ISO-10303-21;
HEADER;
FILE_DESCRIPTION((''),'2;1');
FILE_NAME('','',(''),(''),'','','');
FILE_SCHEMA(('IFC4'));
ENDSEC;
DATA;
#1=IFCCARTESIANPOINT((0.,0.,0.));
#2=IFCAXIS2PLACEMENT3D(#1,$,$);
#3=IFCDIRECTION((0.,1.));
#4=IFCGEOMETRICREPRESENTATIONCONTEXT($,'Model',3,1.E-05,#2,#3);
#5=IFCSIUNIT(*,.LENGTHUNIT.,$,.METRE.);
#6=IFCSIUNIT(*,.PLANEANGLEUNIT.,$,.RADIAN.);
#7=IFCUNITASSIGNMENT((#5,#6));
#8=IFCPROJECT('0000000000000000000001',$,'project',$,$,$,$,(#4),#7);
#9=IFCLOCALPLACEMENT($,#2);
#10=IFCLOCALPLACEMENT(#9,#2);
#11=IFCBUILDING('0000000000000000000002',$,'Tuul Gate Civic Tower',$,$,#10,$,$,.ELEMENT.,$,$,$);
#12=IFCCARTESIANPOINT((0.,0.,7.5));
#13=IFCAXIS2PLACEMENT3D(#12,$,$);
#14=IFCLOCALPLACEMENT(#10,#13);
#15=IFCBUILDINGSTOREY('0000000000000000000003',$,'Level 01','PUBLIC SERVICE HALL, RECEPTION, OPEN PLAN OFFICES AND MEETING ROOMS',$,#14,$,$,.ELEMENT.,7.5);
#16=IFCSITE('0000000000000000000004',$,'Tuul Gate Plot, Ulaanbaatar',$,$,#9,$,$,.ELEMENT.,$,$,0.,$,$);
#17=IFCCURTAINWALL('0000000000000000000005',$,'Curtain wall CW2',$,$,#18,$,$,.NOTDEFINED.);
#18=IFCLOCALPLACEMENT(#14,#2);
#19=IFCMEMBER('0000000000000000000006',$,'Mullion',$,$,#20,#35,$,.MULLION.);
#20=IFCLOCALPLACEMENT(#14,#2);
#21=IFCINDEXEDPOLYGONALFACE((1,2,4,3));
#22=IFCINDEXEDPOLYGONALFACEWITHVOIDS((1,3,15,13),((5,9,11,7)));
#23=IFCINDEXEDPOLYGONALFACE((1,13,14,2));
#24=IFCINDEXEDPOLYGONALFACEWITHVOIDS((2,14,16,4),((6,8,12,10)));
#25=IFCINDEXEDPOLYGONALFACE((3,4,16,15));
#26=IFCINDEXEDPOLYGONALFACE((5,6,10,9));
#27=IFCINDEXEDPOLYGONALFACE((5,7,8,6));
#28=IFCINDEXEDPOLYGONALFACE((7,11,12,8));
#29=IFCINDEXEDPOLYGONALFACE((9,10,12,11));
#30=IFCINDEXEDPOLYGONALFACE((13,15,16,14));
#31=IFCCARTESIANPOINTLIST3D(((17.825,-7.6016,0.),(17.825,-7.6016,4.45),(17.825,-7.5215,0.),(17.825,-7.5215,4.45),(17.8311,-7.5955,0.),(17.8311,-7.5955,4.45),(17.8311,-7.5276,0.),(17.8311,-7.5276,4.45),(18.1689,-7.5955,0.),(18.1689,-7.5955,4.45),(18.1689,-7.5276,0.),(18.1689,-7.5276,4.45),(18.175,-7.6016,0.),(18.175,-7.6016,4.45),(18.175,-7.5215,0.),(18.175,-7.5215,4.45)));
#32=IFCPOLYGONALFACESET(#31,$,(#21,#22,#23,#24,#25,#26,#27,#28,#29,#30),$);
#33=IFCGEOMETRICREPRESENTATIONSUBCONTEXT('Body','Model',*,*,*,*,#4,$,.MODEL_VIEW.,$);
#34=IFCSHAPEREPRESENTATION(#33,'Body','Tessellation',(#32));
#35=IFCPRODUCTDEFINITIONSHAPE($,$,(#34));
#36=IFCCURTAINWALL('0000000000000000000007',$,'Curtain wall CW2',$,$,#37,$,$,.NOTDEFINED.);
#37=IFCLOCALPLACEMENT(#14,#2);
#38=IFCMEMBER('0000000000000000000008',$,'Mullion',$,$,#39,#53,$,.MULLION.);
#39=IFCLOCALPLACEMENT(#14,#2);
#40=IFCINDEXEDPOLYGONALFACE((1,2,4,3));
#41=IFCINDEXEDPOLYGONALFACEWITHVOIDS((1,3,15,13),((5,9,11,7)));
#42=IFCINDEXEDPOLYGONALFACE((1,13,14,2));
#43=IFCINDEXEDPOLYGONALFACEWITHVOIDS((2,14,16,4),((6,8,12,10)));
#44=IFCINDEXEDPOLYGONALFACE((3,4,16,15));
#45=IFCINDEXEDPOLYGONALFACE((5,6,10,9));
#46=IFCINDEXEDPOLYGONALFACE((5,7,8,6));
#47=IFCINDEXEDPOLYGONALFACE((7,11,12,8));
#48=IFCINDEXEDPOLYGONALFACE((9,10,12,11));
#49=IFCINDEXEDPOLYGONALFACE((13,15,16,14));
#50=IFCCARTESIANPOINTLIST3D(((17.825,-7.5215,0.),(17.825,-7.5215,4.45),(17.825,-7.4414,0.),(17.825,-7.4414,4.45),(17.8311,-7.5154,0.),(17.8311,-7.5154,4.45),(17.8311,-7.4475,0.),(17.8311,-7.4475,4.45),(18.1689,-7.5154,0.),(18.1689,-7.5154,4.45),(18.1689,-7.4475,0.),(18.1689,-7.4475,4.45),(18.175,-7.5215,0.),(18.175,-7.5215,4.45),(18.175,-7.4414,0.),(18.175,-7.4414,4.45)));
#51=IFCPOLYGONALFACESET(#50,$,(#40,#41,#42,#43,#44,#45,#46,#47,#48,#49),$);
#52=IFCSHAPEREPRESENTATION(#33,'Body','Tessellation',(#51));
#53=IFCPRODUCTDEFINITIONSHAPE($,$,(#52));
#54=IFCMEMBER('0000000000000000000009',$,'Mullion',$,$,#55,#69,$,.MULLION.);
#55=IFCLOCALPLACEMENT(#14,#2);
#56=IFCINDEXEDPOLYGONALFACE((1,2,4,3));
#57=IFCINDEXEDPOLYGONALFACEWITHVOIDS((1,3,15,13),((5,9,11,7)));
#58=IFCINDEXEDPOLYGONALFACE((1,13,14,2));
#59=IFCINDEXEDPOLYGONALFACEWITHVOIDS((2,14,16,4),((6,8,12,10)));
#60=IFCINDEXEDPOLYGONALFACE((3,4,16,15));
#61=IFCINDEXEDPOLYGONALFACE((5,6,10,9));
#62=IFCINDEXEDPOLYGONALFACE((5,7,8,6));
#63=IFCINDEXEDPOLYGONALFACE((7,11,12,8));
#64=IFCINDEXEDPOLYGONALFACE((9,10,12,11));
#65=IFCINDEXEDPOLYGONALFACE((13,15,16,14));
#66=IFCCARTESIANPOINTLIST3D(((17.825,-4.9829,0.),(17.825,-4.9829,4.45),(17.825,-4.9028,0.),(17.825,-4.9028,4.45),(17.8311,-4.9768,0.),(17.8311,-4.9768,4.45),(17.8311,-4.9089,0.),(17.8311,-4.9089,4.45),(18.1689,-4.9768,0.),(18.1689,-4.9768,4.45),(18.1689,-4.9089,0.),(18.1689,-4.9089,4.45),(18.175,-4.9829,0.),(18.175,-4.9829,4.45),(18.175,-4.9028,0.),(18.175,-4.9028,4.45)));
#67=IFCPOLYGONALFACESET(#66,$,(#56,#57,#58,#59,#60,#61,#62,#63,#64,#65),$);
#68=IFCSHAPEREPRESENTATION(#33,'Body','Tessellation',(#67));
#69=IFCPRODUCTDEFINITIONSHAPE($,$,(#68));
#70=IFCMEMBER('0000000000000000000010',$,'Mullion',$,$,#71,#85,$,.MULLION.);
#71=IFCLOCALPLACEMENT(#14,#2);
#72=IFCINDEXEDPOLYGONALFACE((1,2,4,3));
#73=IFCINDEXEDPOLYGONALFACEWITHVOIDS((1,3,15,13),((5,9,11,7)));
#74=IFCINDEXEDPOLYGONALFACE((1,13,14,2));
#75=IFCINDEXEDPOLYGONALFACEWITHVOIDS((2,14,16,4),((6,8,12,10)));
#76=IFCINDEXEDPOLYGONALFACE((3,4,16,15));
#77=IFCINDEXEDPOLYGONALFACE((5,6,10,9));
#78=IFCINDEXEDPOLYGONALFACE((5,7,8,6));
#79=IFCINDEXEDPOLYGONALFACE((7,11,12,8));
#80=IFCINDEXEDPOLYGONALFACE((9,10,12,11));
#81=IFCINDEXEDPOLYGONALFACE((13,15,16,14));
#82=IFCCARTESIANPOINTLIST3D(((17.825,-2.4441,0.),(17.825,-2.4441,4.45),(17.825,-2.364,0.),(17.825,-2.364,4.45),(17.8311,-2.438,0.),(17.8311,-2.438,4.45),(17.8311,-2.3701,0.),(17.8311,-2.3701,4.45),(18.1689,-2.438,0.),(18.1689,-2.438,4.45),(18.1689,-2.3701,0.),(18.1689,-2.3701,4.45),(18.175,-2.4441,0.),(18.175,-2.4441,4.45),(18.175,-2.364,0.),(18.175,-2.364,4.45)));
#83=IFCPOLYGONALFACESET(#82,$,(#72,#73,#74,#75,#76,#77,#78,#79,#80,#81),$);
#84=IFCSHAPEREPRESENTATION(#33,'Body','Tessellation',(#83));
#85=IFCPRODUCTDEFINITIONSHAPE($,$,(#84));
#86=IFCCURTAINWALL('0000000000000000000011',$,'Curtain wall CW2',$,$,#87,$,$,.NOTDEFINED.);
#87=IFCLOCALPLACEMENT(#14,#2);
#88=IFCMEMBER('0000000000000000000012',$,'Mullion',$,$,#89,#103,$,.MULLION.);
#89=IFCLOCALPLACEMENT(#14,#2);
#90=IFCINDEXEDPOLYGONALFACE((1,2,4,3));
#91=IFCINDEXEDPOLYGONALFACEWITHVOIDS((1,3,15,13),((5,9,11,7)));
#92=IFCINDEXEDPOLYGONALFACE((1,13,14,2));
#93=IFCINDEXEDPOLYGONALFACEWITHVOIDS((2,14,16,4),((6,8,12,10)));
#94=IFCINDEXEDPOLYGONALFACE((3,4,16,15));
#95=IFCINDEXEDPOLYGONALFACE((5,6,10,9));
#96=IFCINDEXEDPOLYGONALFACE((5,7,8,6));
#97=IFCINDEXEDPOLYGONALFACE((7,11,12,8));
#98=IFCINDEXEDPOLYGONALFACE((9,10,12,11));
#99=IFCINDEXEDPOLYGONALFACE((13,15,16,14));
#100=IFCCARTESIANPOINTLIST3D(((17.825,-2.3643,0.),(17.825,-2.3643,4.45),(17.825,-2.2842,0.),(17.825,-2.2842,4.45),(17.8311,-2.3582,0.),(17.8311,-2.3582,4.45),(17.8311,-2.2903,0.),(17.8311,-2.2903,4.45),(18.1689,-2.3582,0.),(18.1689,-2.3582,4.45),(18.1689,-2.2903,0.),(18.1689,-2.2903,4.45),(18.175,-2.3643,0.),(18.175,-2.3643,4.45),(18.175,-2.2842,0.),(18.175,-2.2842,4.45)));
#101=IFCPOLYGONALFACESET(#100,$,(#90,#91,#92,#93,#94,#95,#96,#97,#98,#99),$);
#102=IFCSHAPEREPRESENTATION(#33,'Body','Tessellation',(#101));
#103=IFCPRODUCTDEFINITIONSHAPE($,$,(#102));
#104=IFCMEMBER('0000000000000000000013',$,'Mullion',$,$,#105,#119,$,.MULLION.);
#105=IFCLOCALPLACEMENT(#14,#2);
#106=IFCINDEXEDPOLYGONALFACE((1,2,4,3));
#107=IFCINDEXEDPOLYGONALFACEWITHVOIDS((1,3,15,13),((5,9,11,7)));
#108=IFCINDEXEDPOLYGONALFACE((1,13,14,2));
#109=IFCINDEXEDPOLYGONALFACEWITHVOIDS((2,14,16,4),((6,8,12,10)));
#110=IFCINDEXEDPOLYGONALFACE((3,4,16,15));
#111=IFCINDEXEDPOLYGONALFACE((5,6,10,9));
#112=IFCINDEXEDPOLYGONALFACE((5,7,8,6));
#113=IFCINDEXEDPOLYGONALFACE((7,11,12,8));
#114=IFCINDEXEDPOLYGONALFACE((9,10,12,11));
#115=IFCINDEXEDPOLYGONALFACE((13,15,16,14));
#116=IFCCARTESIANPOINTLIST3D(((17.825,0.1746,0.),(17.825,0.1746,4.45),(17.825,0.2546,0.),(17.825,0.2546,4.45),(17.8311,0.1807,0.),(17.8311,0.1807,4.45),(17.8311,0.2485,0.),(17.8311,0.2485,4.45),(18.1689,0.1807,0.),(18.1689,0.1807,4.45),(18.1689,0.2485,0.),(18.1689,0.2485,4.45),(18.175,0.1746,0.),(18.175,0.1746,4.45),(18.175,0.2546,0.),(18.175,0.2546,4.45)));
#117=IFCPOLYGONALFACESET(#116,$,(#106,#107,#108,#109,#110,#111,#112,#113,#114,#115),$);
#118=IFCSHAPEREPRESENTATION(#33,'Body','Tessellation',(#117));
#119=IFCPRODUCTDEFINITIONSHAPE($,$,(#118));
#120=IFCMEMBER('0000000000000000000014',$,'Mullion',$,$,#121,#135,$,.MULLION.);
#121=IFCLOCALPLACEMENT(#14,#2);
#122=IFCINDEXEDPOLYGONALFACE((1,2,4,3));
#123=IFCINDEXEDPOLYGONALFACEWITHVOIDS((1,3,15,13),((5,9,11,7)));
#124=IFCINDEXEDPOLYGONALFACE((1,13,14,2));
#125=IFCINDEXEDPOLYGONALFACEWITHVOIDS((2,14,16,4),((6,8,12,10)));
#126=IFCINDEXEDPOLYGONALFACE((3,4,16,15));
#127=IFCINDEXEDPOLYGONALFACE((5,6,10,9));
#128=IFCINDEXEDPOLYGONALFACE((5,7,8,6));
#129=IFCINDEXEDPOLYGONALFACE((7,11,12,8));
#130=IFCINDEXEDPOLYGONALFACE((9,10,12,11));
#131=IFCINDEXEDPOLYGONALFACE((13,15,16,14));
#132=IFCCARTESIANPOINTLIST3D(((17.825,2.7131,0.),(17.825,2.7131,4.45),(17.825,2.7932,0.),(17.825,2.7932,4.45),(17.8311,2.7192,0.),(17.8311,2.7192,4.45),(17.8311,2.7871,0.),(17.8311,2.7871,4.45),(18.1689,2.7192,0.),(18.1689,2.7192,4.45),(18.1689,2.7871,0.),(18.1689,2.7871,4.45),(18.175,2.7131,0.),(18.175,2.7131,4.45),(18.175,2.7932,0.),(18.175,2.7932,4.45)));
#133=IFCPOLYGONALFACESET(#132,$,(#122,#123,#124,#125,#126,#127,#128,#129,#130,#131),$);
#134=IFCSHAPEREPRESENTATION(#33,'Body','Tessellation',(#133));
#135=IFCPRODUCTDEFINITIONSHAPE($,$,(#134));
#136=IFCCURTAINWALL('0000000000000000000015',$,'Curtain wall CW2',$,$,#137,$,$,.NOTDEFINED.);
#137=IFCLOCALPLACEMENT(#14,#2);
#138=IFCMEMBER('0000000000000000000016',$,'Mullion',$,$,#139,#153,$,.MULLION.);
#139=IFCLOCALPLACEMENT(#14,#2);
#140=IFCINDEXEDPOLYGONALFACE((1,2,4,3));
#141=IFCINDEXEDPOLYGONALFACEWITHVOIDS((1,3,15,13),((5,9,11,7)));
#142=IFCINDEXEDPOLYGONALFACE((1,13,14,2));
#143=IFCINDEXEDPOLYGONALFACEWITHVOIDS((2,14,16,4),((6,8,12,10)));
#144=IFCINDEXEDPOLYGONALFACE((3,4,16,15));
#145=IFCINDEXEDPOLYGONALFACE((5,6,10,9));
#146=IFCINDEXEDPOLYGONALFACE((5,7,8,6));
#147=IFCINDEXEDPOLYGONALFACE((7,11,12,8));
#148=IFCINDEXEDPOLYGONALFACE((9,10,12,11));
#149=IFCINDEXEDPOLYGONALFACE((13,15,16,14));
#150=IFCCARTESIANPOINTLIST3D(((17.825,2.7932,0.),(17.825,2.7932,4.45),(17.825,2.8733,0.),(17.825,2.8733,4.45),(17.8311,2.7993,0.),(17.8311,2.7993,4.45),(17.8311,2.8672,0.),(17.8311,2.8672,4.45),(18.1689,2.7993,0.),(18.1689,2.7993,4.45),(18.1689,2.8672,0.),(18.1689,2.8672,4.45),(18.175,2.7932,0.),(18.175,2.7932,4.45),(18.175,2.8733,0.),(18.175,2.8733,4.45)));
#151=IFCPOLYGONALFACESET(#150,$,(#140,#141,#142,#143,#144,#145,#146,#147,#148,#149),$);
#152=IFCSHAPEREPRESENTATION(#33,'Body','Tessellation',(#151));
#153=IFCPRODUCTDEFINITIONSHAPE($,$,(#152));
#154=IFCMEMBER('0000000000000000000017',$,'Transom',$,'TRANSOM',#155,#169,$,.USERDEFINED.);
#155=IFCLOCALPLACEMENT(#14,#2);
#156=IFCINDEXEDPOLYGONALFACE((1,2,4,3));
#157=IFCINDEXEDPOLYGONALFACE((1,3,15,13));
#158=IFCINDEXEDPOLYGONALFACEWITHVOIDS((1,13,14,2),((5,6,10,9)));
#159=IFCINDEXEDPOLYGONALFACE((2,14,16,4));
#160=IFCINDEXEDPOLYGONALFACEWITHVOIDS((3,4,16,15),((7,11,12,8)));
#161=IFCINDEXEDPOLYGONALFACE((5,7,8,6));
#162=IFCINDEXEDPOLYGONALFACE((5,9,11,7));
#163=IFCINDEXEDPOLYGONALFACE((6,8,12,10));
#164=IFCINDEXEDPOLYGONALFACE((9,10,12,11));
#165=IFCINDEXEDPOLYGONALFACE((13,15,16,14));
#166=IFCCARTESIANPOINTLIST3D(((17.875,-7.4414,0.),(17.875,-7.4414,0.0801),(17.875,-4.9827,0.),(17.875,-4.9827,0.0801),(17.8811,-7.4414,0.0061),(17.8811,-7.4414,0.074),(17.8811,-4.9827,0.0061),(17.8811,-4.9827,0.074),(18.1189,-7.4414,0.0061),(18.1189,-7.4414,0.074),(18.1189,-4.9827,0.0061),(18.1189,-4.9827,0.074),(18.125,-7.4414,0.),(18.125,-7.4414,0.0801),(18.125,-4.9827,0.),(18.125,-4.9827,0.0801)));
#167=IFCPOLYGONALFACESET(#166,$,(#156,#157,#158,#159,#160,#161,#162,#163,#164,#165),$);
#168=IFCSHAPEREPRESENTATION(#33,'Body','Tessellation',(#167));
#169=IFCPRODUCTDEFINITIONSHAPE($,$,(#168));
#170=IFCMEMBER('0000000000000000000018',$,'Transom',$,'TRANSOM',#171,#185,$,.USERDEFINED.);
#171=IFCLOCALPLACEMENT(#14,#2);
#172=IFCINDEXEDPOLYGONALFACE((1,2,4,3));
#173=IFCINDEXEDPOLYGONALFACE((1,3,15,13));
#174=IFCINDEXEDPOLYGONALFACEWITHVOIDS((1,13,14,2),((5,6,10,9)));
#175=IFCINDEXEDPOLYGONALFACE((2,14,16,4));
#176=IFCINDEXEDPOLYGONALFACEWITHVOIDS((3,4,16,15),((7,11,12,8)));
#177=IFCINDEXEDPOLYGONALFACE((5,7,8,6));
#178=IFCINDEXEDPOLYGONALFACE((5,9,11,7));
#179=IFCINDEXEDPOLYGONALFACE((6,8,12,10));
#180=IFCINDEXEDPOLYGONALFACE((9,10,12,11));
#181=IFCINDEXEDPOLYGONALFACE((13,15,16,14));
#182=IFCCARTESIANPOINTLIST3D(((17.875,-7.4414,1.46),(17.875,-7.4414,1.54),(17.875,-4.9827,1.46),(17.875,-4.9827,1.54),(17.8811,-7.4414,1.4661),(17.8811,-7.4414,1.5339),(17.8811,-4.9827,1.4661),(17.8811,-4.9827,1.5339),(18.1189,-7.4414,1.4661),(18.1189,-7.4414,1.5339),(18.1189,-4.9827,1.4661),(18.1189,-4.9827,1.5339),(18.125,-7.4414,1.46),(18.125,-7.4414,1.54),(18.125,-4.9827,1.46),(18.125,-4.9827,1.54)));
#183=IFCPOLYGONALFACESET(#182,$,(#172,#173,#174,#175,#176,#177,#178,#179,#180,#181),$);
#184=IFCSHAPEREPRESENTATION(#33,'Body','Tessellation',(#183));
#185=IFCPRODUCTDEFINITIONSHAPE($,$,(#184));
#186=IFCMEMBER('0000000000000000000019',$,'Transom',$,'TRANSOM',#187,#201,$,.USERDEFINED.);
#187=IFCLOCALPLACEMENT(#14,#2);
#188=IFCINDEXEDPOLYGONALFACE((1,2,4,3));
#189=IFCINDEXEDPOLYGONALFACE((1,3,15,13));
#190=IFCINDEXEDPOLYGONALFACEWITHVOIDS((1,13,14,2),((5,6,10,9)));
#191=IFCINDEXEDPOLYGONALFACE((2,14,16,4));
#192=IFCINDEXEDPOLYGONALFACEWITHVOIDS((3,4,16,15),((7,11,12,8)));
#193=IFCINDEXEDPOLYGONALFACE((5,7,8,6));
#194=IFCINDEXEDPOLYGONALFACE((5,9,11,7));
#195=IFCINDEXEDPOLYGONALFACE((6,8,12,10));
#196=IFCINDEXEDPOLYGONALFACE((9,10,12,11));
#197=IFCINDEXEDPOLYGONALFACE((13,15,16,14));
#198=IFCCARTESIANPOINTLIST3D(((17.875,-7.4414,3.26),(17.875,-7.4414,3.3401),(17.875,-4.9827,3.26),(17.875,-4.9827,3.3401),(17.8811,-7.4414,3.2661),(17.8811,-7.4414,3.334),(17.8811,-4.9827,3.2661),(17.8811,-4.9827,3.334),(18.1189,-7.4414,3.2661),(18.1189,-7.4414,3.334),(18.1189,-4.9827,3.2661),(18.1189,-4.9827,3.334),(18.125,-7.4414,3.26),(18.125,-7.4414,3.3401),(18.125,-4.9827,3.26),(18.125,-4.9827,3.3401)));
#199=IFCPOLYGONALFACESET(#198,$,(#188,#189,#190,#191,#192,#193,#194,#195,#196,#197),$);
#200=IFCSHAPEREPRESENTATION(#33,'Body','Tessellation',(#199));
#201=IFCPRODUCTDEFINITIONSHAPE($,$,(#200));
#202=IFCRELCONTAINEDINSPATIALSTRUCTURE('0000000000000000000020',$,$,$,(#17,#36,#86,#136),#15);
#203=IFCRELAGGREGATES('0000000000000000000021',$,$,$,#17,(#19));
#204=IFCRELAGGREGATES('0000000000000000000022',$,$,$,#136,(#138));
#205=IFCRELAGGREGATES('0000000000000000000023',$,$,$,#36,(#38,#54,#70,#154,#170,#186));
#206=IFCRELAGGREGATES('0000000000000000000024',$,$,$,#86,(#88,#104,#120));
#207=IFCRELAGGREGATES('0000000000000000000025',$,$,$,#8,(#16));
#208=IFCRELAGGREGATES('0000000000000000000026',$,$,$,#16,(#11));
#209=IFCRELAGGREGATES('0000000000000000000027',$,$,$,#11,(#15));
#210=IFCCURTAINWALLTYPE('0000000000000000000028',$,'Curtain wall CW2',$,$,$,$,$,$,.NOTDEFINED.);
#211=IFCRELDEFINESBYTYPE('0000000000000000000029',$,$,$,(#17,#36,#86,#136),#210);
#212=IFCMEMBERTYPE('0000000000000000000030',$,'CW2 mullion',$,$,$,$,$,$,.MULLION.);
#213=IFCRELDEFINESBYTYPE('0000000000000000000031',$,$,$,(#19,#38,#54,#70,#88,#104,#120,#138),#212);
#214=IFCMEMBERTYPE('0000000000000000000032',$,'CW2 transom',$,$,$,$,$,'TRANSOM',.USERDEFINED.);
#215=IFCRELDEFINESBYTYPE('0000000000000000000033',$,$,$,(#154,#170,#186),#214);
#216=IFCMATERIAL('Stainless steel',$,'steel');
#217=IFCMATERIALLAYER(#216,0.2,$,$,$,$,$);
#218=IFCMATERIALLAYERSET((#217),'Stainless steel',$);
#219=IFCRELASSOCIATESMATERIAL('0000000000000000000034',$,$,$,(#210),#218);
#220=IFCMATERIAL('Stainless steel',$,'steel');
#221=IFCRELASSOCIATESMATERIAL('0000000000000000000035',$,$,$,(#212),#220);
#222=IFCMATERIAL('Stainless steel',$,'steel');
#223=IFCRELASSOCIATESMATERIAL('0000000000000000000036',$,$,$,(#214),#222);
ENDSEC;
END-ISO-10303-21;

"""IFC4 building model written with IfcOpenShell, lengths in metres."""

from ifc_helpers import new_model, si_unit, direction, frame, origin, origin_2d, place, context, subcontext, project, spatial, hollow_rectangle, extrude, material, layer, layer_set, material_profile, profile_set, type_object, element, aggregate, save


model = new_model("IFC4")

# Units and contexts
model_context = context("Model", 3, precision=1e-05, world=origin(), true_north=direction((0.0, 1.0)))
body_context = subcontext(model_context, "Body", "Model", "MODEL_VIEW")
ifc_project = project(units=[si_unit("LENGTHUNIT", "METRE"), si_unit("PLANEANGLEUNIT", "RADIAN")], contexts=[model_context])

# Site, building, storey
site_placement = place(None, origin())
site = spatial("IfcSite", under=ifc_project, at=site_placement, Name="Tuul Gate Plot, Ulaanbaatar", CompositionType="ELEMENT", RefElevation=0.0)
building_placement = place(site_placement, origin())
building = spatial("IfcBuilding", under=site, at=building_placement, Name="Tuul Gate Civic Tower", CompositionType="ELEMENT")
storey_placement = place(building_placement, frame((0.0, 0.0, 7.5)))
storey = spatial("IfcBuildingStorey", under=building, at=storey_placement, Name="Level 01", Description="PUBLIC SERVICE HALL, RECEPTION, OPEN PLAN OFFICES AND MEETING ROOMS", CompositionType="ELEMENT", Elevation=7.5)

# Curtain wall, member
ifc_material_1 = material(Name="Stainless steel", Category="steel")
ifc_layer_1 = layer(ifc_material_1, 0.2)
ifc_layer_set_1 = layer_set([ifc_layer_1], Name="Stainless steel")
curtain_wall_type = type_object("IfcCurtainWallType", Name="Curtain wall CW2", PredefinedType="NOTDEFINED", material=ifc_layer_set_1)
curtain_wall_1_placement = place(storey_placement, origin())
curtain_wall_1 = element("IfcCurtainWall", 1, at=curtain_wall_1_placement, inside=storey, type_object=curtain_wall_type, Name="Curtain wall CW2", PredefinedType="NOTDEFINED")
ifc_material_2 = material(Name="Stainless steel", Category="steel")
ifc_material_profile_1 = material_profile(ifc_material_2, hollow_rectangle(XDim=0.3501, YDim=0.0801, WallThickness=0.0061, at=origin_2d()), Name="CW2 mullion")
ifc_profile_set_1 = profile_set([ifc_material_profile_1], Name="Stainless steel")
member_type_1 = type_object("IfcMemberType", Name="CW2 mullion", PredefinedType="MULLION", material=ifc_profile_set_1)
member_1_placement = place(storey_placement, frame((18.0, -7.5615, 0.0), z_axis=(0.0, 0.0, 1.0), x_axis=(-1.0, 0.0, 0.0)))
member_1 = element("IfcMember", 2, at=member_1_placement, type_object=member_type_1, Name="Mullion", PredefinedType="MULLION", context=body_context, shape_type="SweptSolid", body=[
    extrude(hollow_rectangle(XDim=0.3501, YDim=0.0801, WallThickness=0.0061, at=origin_2d()), origin(), (0.0, 0.0, 1.0), 4.45),
])
aggregate(curtain_wall_1, [member_1])

# Curtain walls, members
curtain_wall_2_placement = place(storey_placement, origin())
curtain_wall_2 = element("IfcCurtainWall", 3, at=curtain_wall_2_placement, inside=storey, type_object=curtain_wall_type, Name="Curtain wall CW2", PredefinedType="NOTDEFINED")
member_2_placement = place(storey_placement, frame((18.0, -7.4814, 0.0), z_axis=(0.0, 0.0, 1.0), x_axis=(-1.0, 0.0, 0.0)))
member_2 = element("IfcMember", 4, at=member_2_placement, type_object=member_type_1, Name="Mullion", PredefinedType="MULLION", context=body_context, shape_type="SweptSolid", body=[
    extrude(hollow_rectangle(XDim=0.3501, YDim=0.0801, WallThickness=0.0061, at=origin_2d()), origin(), (0.0, 0.0, 1.0), 4.45),
])
member_3_placement = place(storey_placement, frame((18.0, -4.9429, 0.0), z_axis=(0.0, 0.0, 1.0), x_axis=(-1.0, 0.0, 0.0)))
member_3 = element("IfcMember", 5, at=member_3_placement, type_object=member_type_1, Name="Mullion", PredefinedType="MULLION", context=body_context, shape_type="SweptSolid", body=[
    extrude(hollow_rectangle(XDim=0.3501, YDim=0.0801, WallThickness=0.0061, at=origin_2d()), origin(), (0.0, 0.0, 1.0), 4.45),
])
member_4_placement = place(storey_placement, frame((18.0, -2.4041, 0.0), z_axis=(0.0, 0.0, 1.0), x_axis=(-1.0, 0.0, 0.0)))
member_4 = element("IfcMember", 6, at=member_4_placement, type_object=member_type_1, Name="Mullion", PredefinedType="MULLION", context=body_context, shape_type="SweptSolid", body=[
    extrude(hollow_rectangle(XDim=0.3501, YDim=0.0801, WallThickness=0.0061, at=origin_2d()), origin(), (0.0, 0.0, 1.0), 4.45),
])
curtain_wall_3_placement = place(storey_placement, origin())
curtain_wall_3 = element("IfcCurtainWall", 7, at=curtain_wall_3_placement, inside=storey, type_object=curtain_wall_type, Name="Curtain wall CW2", PredefinedType="NOTDEFINED")
member_5_placement = place(storey_placement, frame((18.0, -2.3242, 0.0), z_axis=(0.0, 0.0, 1.0), x_axis=(-1.0, 0.0, 0.0)))
member_5 = element("IfcMember", 8, at=member_5_placement, type_object=member_type_1, Name="Mullion", PredefinedType="MULLION", context=body_context, shape_type="SweptSolid", body=[
    extrude(hollow_rectangle(XDim=0.3501, YDim=0.0801, WallThickness=0.0061, at=origin_2d()), origin(), (0.0, 0.0, 1.0), 4.45),
])
member_6_placement = place(storey_placement, frame((18.0, 0.2146, 0.0), z_axis=(0.0, 0.0, 1.0), x_axis=(-1.0, 0.0, 0.0)))
member_6 = element("IfcMember", 9, at=member_6_placement, type_object=member_type_1, Name="Mullion", PredefinedType="MULLION", context=body_context, shape_type="SweptSolid", body=[
    extrude(hollow_rectangle(XDim=0.3501, YDim=0.0801, WallThickness=0.0061, at=origin_2d()), origin(), (0.0, 0.0, 1.0), 4.45),
])
member_7_placement = place(storey_placement, frame((18.0, 2.7532, 0.0), z_axis=(0.0, 0.0, 1.0), x_axis=(-1.0, 0.0, 0.0)))
member_7 = element("IfcMember", 10, at=member_7_placement, type_object=member_type_1, Name="Mullion", PredefinedType="MULLION", context=body_context, shape_type="SweptSolid", body=[
    extrude(hollow_rectangle(XDim=0.3501, YDim=0.0801, WallThickness=0.0061, at=origin_2d()), origin(), (0.0, 0.0, 1.0), 4.45),
])

# Curtain wall, member
curtain_wall_4_placement = place(storey_placement, origin())
curtain_wall_4 = element("IfcCurtainWall", 11, at=curtain_wall_4_placement, inside=storey, type_object=curtain_wall_type, Name="Curtain wall CW2", PredefinedType="NOTDEFINED")
member_8_placement = place(storey_placement, frame((18.0, 2.8333, 0.0), z_axis=(0.0, 0.0, 1.0), x_axis=(-1.0, 0.0, 0.0)))
member_8 = element("IfcMember", 12, at=member_8_placement, type_object=member_type_1, Name="Mullion", PredefinedType="MULLION", context=body_context, shape_type="SweptSolid", body=[
    extrude(hollow_rectangle(XDim=0.3501, YDim=0.0801, WallThickness=0.0061, at=origin_2d()), origin(), (0.0, 0.0, 1.0), 4.45),
])

# Members
ifc_material_3 = material(Name="Stainless steel", Category="steel")
ifc_material_profile_2 = material_profile(ifc_material_3, hollow_rectangle(XDim=0.25, YDim=0.0801, WallThickness=0.0061, at=origin_2d()), Name="CW2 transom")
ifc_profile_set_2 = profile_set([ifc_material_profile_2], Name="Stainless steel")
member_type_2 = type_object("IfcMemberType", Name="CW2 transom", ElementType="TRANSOM", PredefinedType="USERDEFINED", material=ifc_profile_set_2)
member_9_placement = place(storey_placement, frame((18.0, -7.4414, 0.04), z_axis=(0.0, 1.0, 0.0), x_axis=(-1.0, 0.0, 0.0)))
member_9 = element("IfcMember", 13, at=member_9_placement, type_object=member_type_2, Name="Transom", ObjectType="TRANSOM", PredefinedType="USERDEFINED", context=body_context, shape_type="SweptSolid", body=[
    extrude(hollow_rectangle(XDim=0.25, YDim=0.0801, WallThickness=0.0061, at=origin_2d()), origin(), (0.0, 0.0, 1.0), 2.4587),
])
member_10_placement = place(storey_placement, frame((18.0, -7.4414, 1.5), z_axis=(0.0, 1.0, 0.0), x_axis=(-1.0, 0.0, 0.0)))
member_10 = element("IfcMember", 14, at=member_10_placement, type_object=member_type_2, Name="Transom", ObjectType="TRANSOM", PredefinedType="USERDEFINED", context=body_context, shape_type="SweptSolid", body=[
    extrude(hollow_rectangle(XDim=0.25, YDim=0.0801, WallThickness=0.0061, at=origin_2d()), origin(), (0.0, 0.0, 1.0), 2.4587),
])
member_11_placement = place(storey_placement, frame((18.0, -7.4414, 3.3), z_axis=(0.0, 1.0, 0.0), x_axis=(-1.0, 0.0, 0.0)))
member_11 = element("IfcMember", 15, at=member_11_placement, type_object=member_type_2, Name="Transom", ObjectType="TRANSOM", PredefinedType="USERDEFINED", context=body_context, shape_type="SweptSolid", body=[
    extrude(hollow_rectangle(XDim=0.25, YDim=0.0801, WallThickness=0.0061, at=origin_2d()), origin(), (0.0, 0.0, 1.0), 2.4587),
])
aggregate(curtain_wall_4, [member_8])

aggregate(curtain_wall_2, [member_2, member_3, member_4, member_9, member_10, member_11])
aggregate(curtain_wall_3, [member_5, member_6, member_7])

save(model, "model.ifc")
